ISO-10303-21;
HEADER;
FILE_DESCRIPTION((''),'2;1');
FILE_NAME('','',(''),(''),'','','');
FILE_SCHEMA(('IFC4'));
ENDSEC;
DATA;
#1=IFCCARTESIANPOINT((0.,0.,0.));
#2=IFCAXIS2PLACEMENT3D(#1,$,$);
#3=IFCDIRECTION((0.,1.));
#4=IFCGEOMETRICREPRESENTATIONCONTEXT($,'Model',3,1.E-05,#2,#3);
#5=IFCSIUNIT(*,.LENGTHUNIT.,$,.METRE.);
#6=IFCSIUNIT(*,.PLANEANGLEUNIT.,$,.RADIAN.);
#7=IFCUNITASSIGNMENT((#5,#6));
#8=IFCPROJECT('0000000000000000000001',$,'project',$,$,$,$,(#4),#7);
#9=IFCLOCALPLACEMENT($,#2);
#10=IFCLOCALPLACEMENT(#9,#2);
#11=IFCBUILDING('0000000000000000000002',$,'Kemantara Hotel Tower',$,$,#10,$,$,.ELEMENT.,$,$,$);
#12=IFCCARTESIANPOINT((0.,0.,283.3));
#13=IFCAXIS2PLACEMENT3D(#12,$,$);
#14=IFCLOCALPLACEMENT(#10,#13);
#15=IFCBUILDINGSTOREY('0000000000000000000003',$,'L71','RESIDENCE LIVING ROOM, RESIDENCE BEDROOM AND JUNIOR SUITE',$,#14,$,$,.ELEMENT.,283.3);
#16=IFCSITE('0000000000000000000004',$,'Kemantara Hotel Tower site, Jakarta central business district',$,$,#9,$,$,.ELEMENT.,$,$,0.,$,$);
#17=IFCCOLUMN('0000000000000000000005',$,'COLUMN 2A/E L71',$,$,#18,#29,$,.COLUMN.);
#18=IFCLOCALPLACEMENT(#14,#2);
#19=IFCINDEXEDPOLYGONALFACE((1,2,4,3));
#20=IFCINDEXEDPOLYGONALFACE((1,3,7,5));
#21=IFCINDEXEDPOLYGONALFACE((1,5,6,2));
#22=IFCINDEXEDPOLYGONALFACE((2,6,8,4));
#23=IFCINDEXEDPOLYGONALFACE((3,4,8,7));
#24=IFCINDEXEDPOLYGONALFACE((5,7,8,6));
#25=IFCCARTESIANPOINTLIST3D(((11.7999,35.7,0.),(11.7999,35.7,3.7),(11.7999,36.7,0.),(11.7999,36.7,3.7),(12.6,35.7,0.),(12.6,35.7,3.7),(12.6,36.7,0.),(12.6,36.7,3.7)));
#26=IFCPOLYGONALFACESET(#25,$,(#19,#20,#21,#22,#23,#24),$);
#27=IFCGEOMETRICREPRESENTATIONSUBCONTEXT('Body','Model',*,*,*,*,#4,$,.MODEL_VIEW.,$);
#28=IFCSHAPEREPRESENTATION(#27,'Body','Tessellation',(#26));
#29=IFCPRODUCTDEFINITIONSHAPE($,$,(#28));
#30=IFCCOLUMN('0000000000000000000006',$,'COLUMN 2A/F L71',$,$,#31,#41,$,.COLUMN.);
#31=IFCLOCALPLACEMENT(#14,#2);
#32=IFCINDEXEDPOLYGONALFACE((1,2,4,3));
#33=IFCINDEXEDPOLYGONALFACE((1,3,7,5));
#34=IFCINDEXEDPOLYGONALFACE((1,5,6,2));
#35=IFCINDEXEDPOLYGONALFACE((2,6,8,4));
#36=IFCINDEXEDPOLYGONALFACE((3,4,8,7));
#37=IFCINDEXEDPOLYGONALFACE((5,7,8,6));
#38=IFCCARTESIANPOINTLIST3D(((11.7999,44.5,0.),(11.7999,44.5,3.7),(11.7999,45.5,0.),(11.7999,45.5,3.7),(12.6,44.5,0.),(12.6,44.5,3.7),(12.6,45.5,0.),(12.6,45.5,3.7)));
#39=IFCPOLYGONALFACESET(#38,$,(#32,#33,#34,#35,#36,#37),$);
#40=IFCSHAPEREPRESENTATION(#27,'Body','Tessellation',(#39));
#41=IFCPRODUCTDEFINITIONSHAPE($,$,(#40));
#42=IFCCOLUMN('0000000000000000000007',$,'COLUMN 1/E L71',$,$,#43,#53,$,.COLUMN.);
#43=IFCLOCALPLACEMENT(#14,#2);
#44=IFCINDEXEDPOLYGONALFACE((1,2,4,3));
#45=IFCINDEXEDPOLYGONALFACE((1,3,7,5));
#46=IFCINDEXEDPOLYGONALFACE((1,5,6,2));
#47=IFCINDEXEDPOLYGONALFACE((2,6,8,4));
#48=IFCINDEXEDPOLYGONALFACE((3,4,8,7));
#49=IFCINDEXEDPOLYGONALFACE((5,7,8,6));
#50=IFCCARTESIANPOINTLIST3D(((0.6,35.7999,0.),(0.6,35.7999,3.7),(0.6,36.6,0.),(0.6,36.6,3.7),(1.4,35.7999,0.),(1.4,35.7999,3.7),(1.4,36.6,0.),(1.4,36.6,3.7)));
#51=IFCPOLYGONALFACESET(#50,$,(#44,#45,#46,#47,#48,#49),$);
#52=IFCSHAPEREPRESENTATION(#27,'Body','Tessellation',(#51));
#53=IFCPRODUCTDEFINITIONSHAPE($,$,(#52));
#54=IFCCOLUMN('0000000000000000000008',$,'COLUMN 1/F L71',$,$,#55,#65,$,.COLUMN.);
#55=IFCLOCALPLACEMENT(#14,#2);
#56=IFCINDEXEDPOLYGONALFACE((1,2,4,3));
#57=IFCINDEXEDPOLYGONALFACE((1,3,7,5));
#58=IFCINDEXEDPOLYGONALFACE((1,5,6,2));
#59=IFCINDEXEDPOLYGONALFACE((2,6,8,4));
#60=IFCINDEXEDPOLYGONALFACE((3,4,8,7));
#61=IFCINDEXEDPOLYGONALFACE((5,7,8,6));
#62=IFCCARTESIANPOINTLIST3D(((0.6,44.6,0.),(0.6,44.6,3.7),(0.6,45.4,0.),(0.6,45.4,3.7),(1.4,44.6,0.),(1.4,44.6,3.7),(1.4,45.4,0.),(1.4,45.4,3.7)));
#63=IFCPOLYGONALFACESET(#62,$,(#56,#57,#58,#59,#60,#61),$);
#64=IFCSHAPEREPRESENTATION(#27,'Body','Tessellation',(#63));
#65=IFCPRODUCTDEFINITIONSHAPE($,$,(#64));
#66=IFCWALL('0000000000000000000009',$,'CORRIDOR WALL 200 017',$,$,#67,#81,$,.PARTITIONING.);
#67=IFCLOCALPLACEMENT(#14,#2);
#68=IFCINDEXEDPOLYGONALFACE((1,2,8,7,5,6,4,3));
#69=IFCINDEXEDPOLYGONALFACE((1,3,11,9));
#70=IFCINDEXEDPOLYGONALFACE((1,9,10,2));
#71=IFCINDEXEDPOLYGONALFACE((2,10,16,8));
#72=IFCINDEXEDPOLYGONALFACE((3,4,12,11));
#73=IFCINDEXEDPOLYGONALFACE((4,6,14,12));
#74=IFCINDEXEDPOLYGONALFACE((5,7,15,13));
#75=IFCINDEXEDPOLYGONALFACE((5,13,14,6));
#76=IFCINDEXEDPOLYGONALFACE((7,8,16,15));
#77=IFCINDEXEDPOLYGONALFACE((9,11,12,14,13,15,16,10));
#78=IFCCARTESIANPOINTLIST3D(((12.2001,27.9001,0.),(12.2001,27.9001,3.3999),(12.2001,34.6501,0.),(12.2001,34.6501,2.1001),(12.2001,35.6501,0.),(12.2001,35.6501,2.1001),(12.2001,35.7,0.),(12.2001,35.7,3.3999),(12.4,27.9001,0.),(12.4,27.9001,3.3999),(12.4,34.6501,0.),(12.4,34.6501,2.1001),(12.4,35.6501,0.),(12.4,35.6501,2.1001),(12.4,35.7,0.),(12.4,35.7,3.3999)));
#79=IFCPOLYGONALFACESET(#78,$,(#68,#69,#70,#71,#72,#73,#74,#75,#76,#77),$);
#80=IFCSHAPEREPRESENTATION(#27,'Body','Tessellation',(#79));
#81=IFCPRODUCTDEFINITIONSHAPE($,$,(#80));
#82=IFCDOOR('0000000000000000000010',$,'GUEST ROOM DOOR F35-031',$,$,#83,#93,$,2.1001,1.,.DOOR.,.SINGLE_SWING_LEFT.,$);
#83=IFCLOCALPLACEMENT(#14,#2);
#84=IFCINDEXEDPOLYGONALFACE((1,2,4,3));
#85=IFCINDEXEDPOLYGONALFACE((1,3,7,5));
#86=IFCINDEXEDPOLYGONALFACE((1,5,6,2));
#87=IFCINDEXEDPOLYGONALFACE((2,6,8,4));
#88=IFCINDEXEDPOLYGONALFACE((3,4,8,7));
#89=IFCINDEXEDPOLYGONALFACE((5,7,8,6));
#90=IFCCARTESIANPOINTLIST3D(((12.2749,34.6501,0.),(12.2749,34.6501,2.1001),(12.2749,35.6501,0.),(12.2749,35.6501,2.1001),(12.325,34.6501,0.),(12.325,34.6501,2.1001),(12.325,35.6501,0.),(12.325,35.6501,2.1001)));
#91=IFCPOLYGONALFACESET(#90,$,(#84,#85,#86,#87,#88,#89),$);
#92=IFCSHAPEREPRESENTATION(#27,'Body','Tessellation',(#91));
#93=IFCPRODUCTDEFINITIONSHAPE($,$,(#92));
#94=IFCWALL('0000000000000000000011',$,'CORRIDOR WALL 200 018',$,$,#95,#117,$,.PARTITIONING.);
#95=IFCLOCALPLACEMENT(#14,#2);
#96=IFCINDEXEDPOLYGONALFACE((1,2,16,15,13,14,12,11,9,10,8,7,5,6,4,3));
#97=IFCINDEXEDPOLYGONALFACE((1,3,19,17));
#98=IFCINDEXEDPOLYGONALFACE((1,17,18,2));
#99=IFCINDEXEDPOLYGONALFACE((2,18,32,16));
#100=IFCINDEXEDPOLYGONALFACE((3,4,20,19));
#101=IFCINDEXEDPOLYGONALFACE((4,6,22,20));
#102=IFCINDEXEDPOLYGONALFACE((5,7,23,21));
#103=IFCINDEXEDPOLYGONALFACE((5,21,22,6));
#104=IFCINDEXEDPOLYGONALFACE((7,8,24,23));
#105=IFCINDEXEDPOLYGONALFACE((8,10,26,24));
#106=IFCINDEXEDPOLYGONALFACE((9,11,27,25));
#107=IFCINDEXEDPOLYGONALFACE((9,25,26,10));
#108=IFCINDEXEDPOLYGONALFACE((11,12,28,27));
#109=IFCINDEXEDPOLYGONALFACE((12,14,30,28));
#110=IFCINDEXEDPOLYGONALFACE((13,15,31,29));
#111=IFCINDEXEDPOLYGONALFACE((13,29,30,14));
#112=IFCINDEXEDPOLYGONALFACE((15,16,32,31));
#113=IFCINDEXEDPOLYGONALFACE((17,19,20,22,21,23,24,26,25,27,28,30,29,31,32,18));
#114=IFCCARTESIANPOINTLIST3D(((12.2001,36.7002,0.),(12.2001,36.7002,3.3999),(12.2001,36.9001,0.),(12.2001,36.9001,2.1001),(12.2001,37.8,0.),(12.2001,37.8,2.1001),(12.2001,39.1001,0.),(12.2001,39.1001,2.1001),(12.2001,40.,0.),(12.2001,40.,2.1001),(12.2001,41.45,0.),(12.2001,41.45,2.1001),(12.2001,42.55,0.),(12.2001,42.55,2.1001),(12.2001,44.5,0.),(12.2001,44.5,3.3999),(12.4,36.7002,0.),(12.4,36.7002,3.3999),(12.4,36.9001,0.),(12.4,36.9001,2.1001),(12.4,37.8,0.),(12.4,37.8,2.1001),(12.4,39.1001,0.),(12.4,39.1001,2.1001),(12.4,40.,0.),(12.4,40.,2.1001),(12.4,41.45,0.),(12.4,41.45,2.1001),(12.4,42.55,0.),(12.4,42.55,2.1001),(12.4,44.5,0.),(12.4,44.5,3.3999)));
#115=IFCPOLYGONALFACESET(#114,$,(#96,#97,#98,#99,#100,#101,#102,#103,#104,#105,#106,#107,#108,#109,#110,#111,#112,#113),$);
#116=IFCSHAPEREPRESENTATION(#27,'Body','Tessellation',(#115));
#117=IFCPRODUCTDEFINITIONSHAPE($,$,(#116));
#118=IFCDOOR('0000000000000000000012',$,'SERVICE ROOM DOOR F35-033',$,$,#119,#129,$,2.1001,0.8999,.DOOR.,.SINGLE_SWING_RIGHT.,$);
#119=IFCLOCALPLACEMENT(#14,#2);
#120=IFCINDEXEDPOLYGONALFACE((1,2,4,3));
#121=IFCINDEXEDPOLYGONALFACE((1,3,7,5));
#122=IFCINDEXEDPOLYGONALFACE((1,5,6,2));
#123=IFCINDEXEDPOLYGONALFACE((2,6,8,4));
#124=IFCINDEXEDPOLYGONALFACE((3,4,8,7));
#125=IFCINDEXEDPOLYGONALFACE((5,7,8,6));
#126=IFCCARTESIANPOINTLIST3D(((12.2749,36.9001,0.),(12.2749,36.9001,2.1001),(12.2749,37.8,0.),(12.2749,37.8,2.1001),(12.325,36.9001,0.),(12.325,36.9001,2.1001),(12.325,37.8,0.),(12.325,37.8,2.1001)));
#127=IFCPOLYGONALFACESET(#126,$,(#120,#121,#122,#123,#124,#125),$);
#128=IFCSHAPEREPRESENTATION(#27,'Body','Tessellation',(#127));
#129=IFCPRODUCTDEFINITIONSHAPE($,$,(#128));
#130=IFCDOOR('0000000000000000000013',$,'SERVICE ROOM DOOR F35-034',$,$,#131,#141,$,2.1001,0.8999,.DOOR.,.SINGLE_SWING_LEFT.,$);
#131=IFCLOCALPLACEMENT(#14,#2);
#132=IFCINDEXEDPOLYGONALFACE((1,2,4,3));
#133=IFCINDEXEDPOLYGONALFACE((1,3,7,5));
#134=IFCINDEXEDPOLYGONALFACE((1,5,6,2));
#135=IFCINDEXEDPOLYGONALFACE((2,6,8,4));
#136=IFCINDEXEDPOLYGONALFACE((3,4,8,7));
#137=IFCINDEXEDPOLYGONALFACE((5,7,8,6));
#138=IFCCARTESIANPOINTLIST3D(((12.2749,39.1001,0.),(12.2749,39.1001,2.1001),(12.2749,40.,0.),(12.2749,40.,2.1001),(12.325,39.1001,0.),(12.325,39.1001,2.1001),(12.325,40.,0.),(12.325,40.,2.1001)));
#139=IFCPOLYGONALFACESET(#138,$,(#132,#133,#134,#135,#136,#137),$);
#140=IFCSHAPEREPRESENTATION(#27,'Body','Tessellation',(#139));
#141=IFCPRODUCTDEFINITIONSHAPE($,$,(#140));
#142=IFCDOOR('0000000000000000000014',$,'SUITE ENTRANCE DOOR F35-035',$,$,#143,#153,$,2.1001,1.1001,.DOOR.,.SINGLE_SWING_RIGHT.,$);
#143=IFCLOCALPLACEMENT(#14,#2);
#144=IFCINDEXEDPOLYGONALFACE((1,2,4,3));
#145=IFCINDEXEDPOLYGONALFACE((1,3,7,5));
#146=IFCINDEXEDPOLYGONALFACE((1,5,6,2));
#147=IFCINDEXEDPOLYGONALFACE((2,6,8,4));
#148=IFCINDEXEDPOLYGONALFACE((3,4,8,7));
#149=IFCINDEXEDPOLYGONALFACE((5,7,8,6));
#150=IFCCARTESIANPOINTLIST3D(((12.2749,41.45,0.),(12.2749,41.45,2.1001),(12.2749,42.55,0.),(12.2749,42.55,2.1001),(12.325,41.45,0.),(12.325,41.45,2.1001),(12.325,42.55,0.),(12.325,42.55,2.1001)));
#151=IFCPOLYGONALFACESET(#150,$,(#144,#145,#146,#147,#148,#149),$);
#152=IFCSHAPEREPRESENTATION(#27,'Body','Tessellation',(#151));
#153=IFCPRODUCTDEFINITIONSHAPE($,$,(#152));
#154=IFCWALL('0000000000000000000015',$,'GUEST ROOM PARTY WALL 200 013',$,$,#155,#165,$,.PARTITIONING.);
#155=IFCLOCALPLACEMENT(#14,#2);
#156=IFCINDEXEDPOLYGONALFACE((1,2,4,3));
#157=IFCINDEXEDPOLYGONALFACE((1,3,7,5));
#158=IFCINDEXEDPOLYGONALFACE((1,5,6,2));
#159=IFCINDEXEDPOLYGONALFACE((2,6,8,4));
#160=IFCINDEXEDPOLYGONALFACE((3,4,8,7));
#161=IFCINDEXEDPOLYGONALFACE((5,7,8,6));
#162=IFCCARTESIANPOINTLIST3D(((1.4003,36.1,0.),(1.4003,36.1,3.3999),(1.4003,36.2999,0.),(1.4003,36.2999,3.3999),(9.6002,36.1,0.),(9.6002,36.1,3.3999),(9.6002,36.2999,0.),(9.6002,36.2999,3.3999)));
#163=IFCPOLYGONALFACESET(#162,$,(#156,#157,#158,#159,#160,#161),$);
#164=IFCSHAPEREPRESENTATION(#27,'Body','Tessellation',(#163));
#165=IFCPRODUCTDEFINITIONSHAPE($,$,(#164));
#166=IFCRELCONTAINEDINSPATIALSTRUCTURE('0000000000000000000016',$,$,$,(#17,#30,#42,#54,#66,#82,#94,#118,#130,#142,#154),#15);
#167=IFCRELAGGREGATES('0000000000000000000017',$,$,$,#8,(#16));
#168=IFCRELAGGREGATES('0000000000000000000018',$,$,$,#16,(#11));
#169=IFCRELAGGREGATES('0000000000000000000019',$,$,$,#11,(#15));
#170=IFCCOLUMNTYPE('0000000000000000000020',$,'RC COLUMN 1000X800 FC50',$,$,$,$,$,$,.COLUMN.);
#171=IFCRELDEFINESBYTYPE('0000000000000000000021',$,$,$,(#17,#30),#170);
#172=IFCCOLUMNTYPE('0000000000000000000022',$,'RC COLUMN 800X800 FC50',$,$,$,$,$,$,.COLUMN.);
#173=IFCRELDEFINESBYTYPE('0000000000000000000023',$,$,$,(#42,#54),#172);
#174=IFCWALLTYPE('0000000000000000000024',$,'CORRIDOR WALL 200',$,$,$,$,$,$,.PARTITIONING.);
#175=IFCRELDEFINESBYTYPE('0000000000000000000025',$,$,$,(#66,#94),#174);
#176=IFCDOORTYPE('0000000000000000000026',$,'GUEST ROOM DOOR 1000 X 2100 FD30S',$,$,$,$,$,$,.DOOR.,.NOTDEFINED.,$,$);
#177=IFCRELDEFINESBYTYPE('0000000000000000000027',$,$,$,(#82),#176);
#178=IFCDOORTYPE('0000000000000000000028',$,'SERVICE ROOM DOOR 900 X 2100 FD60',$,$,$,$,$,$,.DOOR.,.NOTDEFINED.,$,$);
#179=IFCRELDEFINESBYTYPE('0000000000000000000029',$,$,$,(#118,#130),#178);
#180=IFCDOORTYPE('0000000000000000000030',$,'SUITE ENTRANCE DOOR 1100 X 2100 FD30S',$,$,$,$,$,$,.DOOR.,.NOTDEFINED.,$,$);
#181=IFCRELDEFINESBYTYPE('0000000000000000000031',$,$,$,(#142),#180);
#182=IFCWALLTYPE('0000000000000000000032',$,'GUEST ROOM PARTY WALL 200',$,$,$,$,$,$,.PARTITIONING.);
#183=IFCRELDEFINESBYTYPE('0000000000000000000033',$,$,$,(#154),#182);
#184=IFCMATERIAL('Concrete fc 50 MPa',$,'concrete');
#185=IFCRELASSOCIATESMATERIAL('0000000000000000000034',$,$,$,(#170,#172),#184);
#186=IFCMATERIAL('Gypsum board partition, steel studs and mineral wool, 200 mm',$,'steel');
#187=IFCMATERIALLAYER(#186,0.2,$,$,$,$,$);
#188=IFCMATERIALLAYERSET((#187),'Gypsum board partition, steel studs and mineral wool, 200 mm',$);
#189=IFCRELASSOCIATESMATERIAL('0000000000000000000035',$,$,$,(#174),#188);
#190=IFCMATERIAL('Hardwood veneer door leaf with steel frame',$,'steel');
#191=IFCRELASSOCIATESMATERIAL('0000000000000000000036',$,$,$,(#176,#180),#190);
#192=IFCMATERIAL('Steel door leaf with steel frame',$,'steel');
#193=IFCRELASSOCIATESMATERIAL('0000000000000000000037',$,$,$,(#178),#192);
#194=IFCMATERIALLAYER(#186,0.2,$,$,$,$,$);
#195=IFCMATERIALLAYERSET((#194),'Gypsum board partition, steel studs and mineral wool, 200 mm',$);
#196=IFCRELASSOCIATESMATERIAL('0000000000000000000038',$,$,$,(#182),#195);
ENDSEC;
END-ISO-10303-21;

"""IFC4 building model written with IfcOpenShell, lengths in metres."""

from ifc_helpers import new_model, si_unit, direction, frame, frame_2d, origin, origin_2d, place, context, subcontext, project, spatial, rectangle, extrude, material, layer, layer_set, material_profile, profile_set, type_object, element, fill, save


model = new_model("IFC4")

# Units and contexts
model_context = context("Model", 3, precision=1e-05, world=origin(), true_north=direction((0.0, 1.0)))
body_context = subcontext(model_context, "Body", "Model", "MODEL_VIEW")
ifc_project = project(units=[si_unit("LENGTHUNIT", "METRE"), si_unit("PLANEANGLEUNIT", "RADIAN")], contexts=[model_context])

# Site, building, storey
site_placement = place(None, origin())
site = spatial("IfcSite", under=ifc_project, at=site_placement, Name="Kemantara Hotel Tower site, Jakarta central business district", CompositionType="ELEMENT", RefElevation=0.0)
building_placement = place(site_placement, origin())
building = spatial("IfcBuilding", under=site, at=building_placement, Name="Kemantara Hotel Tower", CompositionType="ELEMENT")
storey_placement = place(building_placement, frame((0.0, 0.0, 283.3)))
storey = spatial("IfcBuildingStorey", under=building, at=storey_placement, Name="L71", Description="RESIDENCE LIVING ROOM, RESIDENCE BEDROOM AND JUNIOR SUITE", CompositionType="ELEMENT", Elevation=283.3)

# Columns
ifc_material_1 = material(Name="Concrete fc 50 MPa", Category="concrete")
ifc_material_profile_1 = material_profile(ifc_material_1, rectangle(XDim=1.0, YDim=0.8, at=origin_2d()), Name="RC 1000X800")
ifc_profile_set_1 = profile_set([ifc_material_profile_1], Name="Concrete fc 50 MPa")
column_type_1 = type_object("IfcColumnType", Name="RC COLUMN 1000X800 FC50", PredefinedType="COLUMN", material=ifc_profile_set_1)
for number, where, z_axis, x_axis, name in (
    (1, (12.2, 36.2, 0.0), (0.0, 0.0, 1.0), (0.0, 1.0, 0.0), "COLUMN 2A/E L71"),
    (2, (12.2, 45.0, 0.0), (0.0, 0.0, 1.0), (0.0, 1.0, 0.0), "COLUMN 2A/F L71"),
):
    element("IfcColumn", number, at=place(storey_placement, frame(where, z_axis=z_axis, x_axis=x_axis)), inside=storey, type_object=column_type_1, Name=name, PredefinedType="COLUMN", context=body_context, shape_type="SweptSolid", body=[
        extrude(rectangle(XDim=1.0, YDim=0.8, at=origin_2d()), origin(), (0.0, 0.0, 1.0), 3.7),
    ])
ifc_material_profile_2 = material_profile(ifc_material_1, rectangle(XDim=0.8, YDim=0.8, at=origin_2d()), Name="RC 800X800")
ifc_profile_set_2 = profile_set([ifc_material_profile_2], Name="Concrete fc 50 MPa")
column_type_2 = type_object("IfcColumnType", Name="RC COLUMN 800X800 FC50", PredefinedType="COLUMN", material=ifc_profile_set_2)
for number, where, z_axis, x_axis, name in (
    (3, (1.0, 36.2, 0.0), (0.0, 0.0, 1.0), (1.0, 0.0, 0.0), "COLUMN 1/E L71"),
    (4, (1.0, 45.0, 0.0), (0.0, 0.0, 1.0), (1.0, 0.0, 0.0), "COLUMN 1/F L71"),
):
    element("IfcColumn", number, at=place(storey_placement, frame(where, z_axis=z_axis, x_axis=x_axis)), inside=storey, type_object=column_type_2, Name=name, PredefinedType="COLUMN", context=body_context, shape_type="SweptSolid", body=[
        extrude(rectangle(XDim=0.8, YDim=0.8, at=origin_2d()), origin(), (0.0, 0.0, 1.0), 3.7),
    ])

# Wall, opening, door
ifc_material_2 = material(Name="Gypsum board partition, steel studs and mineral wool, 200 mm", Category="steel")
ifc_layer_1 = layer(ifc_material_2, 0.2)
ifc_layer_set_1 = layer_set([ifc_layer_1], Name="Gypsum board partition, steel studs and mineral wool, 200 mm")
wall_type_1 = type_object("IfcWallType", Name="CORRIDOR WALL 200", PredefinedType="PARTITIONING", material=ifc_layer_set_1)
wall_1_placement = place(storey_placement, frame((12.3, 35.7, 0.0), z_axis=(0.0, 0.0, 1.0), x_axis=(0.0, -1.0, 0.0)))
wall_1 = element("IfcWall", 5, at=wall_1_placement, inside=storey, type_object=wall_type_1, Name="CORRIDOR WALL 200 017", PredefinedType="PARTITIONING", context=body_context, shape_type="SweptSolid", body=[
    extrude(rectangle(XDim=7.7998, YDim=0.2, at=frame_2d((3.8999, 0.0))), origin(), (0.0, 0.0, 1.0), 3.3999),
])
opening_1_placement = place(wall_1_placement, frame((0.0498, 0.0, 0.0)))
opening_1 = element("IfcOpeningElement", 6, at=opening_1_placement, cuts=wall_1, PredefinedType="OPENING", context=body_context, shape_type="SweptSolid", body=[
    extrude(rectangle(XDim=1.0, YDim=2.1001, at=frame_2d((0.5, 1.05))), frame((0.0, 0.1099, 0.0), z_axis=(0.0, -1.0, 0.0), x_axis=(1.0, 0.0, 0.0)), (0.0, 0.0, 1.0), 0.22),
])
ifc_material_3 = material(Name="Hardwood veneer door leaf with steel frame", Category="steel")
door_type_1 = type_object("IfcDoorType", Name="GUEST ROOM DOOR 1000 X 2100 FD30S", OperationType="NOTDEFINED", PredefinedType="DOOR", material=ifc_material_3)
door_1_placement = place(opening_1_placement, origin())
door_1 = element("IfcDoor", 7, at=door_1_placement, inside=storey, type_object=door_type_1, Name="GUEST ROOM DOOR F35-031", OperationType="SINGLE_SWING_LEFT", OverallHeight=2.1001, OverallWidth=1.0, PredefinedType="DOOR", context=body_context, shape_type="SweptSolid", body=[
    extrude(rectangle(XDim=1.0, YDim=2.1001, at=frame_2d((0.5, 1.05))), frame((0.0, 0.0249, 0.0), z_axis=(0.0, -1.0, 0.0), x_axis=(1.0, 0.0, 0.0)), (0.0, 0.0, 1.0), 0.05),
])
fill(opening_1, door_1)

# Wall, openings, doors
wall_2_placement = place(storey_placement, frame((12.3, 44.5, 0.0), z_axis=(0.0, 0.0, 1.0), x_axis=(0.0, -1.0, 0.0)))
wall_2 = element("IfcWall", 8, at=wall_2_placement, inside=storey, type_object=wall_type_1, Name="CORRIDOR WALL 200 018", PredefinedType="PARTITIONING", context=body_context, shape_type="SweptSolid", body=[
    extrude(rectangle(XDim=7.7998, YDim=0.2, at=frame_2d((3.8999, 0.0))), origin(), (0.0, 0.0, 1.0), 3.3999),
])
opening_2_placement = place(wall_2_placement, frame((6.7, 0.0, 0.0)))
opening_2 = element("IfcOpeningElement", 9, at=opening_2_placement, cuts=wall_2, PredefinedType="OPENING", context=body_context, shape_type="SweptSolid", body=[
    extrude(rectangle(XDim=0.8999, YDim=2.1001, at=frame_2d((0.45, 1.05))), frame((0.0, 0.1099, 0.0), z_axis=(0.0, -1.0, 0.0), x_axis=(1.0, 0.0, 0.0)), (0.0, 0.0, 1.0), 0.22),
])
opening_3_placement = place(wall_2_placement, frame((4.5, 0.0, 0.0)))
opening_3 = element("IfcOpeningElement", 10, at=opening_3_placement, cuts=wall_2, PredefinedType="OPENING", context=body_context, shape_type="SweptSolid", body=[
    extrude(rectangle(XDim=0.8999, YDim=2.1001, at=frame_2d((0.45, 1.05))), frame((0.0, 0.1099, 0.0), z_axis=(0.0, -1.0, 0.0), x_axis=(1.0, 0.0, 0.0)), (0.0, 0.0, 1.0), 0.22),
])
opening_4_placement = place(wall_2_placement, frame((1.95, 0.0, 0.0)))
opening_4 = element("IfcOpeningElement", 11, at=opening_4_placement, cuts=wall_2, PredefinedType="OPENING", context=body_context, shape_type="SweptSolid", body=[
    extrude(rectangle(XDim=1.1001, YDim=2.1001, at=frame_2d((0.55, 1.05))), frame((0.0, 0.1099, 0.0), z_axis=(0.0, -1.0, 0.0), x_axis=(1.0, 0.0, 0.0)), (0.0, 0.0, 1.0), 0.22),
])
ifc_material_4 = material(Name="Steel door leaf with steel frame", Category="steel")
door_type_2 = type_object("IfcDoorType", Name="SERVICE ROOM DOOR 900 X 2100 FD60", OperationType="NOTDEFINED", PredefinedType="DOOR", material=ifc_material_4)
door_2_placement = place(opening_2_placement, origin())
door_2 = element("IfcDoor", 12, at=door_2_placement, inside=storey, type_object=door_type_2, Name="SERVICE ROOM DOOR F35-033", OperationType="SINGLE_SWING_RIGHT", OverallHeight=2.1001, OverallWidth=0.8999, PredefinedType="DOOR", context=body_context, shape_type="SweptSolid", body=[
    extrude(rectangle(XDim=0.8999, YDim=2.1001, at=frame_2d((0.45, 1.05))), frame((0.0, 0.0249, 0.0), z_axis=(0.0, -1.0, 0.0), x_axis=(1.0, 0.0, 0.0)), (0.0, 0.0, 1.0), 0.05),
])
fill(opening_2, door_2)
door_3_placement = place(opening_3_placement, origin())
door_3 = element("IfcDoor", 13, at=door_3_placement, inside=storey, type_object=door_type_2, Name="SERVICE ROOM DOOR F35-034", OperationType="SINGLE_SWING_LEFT", OverallHeight=2.1001, OverallWidth=0.8999, PredefinedType="DOOR", context=body_context, shape_type="SweptSolid", body=[
    extrude(rectangle(XDim=0.8999, YDim=2.1001, at=frame_2d((0.45, 1.05))), frame((0.0, 0.0249, 0.0), z_axis=(0.0, -1.0, 0.0), x_axis=(1.0, 0.0, 0.0)), (0.0, 0.0, 1.0), 0.05),
])
fill(opening_3, door_3)
door_type_3 = type_object("IfcDoorType", Name="SUITE ENTRANCE DOOR 1100 X 2100 FD30S", OperationType="NOTDEFINED", PredefinedType="DOOR", material=ifc_material_3)
door_4_placement = place(opening_4_placement, origin())
door_4 = element("IfcDoor", 14, at=door_4_placement, inside=storey, type_object=door_type_3, Name="SUITE ENTRANCE DOOR F35-035", OperationType="SINGLE_SWING_RIGHT", OverallHeight=2.1001, OverallWidth=1.1001, PredefinedType="DOOR", context=body_context, shape_type="SweptSolid", body=[
    extrude(rectangle(XDim=1.1001, YDim=2.1001, at=frame_2d((0.55, 1.05))), frame((0.0, 0.0249, 0.0), z_axis=(0.0, -1.0, 0.0), x_axis=(1.0, 0.0, 0.0)), (0.0, 0.0, 1.0), 0.05),
])
fill(opening_4, door_4)

# Wall
ifc_layer_2 = layer(ifc_material_2, 0.2)
ifc_layer_set_2 = layer_set([ifc_layer_2], Name="Gypsum board partition, steel studs and mineral wool, 200 mm")
wall_type_2 = type_object("IfcWallType", Name="GUEST ROOM PARTY WALL 200", PredefinedType="PARTITIONING", material=ifc_layer_set_2)
wall_3_placement = place(storey_placement, frame((1.4001, 36.2, 0.0), z_axis=(0.0, 0.0, 1.0), x_axis=(1.0, 0.0, 0.0)))
element("IfcWall", 15, at=wall_3_placement, inside=storey, type_object=wall_type_2, Name="GUEST ROOM PARTY WALL 200 013", PredefinedType="PARTITIONING", context=body_context, shape_type="SweptSolid", body=[
    extrude(rectangle(XDim=8.2, YDim=0.2, at=frame_2d((4.1001, 0.0))), origin(), (0.0, 0.0, 1.0), 3.3999),
])

save(model, "model.ifc")
